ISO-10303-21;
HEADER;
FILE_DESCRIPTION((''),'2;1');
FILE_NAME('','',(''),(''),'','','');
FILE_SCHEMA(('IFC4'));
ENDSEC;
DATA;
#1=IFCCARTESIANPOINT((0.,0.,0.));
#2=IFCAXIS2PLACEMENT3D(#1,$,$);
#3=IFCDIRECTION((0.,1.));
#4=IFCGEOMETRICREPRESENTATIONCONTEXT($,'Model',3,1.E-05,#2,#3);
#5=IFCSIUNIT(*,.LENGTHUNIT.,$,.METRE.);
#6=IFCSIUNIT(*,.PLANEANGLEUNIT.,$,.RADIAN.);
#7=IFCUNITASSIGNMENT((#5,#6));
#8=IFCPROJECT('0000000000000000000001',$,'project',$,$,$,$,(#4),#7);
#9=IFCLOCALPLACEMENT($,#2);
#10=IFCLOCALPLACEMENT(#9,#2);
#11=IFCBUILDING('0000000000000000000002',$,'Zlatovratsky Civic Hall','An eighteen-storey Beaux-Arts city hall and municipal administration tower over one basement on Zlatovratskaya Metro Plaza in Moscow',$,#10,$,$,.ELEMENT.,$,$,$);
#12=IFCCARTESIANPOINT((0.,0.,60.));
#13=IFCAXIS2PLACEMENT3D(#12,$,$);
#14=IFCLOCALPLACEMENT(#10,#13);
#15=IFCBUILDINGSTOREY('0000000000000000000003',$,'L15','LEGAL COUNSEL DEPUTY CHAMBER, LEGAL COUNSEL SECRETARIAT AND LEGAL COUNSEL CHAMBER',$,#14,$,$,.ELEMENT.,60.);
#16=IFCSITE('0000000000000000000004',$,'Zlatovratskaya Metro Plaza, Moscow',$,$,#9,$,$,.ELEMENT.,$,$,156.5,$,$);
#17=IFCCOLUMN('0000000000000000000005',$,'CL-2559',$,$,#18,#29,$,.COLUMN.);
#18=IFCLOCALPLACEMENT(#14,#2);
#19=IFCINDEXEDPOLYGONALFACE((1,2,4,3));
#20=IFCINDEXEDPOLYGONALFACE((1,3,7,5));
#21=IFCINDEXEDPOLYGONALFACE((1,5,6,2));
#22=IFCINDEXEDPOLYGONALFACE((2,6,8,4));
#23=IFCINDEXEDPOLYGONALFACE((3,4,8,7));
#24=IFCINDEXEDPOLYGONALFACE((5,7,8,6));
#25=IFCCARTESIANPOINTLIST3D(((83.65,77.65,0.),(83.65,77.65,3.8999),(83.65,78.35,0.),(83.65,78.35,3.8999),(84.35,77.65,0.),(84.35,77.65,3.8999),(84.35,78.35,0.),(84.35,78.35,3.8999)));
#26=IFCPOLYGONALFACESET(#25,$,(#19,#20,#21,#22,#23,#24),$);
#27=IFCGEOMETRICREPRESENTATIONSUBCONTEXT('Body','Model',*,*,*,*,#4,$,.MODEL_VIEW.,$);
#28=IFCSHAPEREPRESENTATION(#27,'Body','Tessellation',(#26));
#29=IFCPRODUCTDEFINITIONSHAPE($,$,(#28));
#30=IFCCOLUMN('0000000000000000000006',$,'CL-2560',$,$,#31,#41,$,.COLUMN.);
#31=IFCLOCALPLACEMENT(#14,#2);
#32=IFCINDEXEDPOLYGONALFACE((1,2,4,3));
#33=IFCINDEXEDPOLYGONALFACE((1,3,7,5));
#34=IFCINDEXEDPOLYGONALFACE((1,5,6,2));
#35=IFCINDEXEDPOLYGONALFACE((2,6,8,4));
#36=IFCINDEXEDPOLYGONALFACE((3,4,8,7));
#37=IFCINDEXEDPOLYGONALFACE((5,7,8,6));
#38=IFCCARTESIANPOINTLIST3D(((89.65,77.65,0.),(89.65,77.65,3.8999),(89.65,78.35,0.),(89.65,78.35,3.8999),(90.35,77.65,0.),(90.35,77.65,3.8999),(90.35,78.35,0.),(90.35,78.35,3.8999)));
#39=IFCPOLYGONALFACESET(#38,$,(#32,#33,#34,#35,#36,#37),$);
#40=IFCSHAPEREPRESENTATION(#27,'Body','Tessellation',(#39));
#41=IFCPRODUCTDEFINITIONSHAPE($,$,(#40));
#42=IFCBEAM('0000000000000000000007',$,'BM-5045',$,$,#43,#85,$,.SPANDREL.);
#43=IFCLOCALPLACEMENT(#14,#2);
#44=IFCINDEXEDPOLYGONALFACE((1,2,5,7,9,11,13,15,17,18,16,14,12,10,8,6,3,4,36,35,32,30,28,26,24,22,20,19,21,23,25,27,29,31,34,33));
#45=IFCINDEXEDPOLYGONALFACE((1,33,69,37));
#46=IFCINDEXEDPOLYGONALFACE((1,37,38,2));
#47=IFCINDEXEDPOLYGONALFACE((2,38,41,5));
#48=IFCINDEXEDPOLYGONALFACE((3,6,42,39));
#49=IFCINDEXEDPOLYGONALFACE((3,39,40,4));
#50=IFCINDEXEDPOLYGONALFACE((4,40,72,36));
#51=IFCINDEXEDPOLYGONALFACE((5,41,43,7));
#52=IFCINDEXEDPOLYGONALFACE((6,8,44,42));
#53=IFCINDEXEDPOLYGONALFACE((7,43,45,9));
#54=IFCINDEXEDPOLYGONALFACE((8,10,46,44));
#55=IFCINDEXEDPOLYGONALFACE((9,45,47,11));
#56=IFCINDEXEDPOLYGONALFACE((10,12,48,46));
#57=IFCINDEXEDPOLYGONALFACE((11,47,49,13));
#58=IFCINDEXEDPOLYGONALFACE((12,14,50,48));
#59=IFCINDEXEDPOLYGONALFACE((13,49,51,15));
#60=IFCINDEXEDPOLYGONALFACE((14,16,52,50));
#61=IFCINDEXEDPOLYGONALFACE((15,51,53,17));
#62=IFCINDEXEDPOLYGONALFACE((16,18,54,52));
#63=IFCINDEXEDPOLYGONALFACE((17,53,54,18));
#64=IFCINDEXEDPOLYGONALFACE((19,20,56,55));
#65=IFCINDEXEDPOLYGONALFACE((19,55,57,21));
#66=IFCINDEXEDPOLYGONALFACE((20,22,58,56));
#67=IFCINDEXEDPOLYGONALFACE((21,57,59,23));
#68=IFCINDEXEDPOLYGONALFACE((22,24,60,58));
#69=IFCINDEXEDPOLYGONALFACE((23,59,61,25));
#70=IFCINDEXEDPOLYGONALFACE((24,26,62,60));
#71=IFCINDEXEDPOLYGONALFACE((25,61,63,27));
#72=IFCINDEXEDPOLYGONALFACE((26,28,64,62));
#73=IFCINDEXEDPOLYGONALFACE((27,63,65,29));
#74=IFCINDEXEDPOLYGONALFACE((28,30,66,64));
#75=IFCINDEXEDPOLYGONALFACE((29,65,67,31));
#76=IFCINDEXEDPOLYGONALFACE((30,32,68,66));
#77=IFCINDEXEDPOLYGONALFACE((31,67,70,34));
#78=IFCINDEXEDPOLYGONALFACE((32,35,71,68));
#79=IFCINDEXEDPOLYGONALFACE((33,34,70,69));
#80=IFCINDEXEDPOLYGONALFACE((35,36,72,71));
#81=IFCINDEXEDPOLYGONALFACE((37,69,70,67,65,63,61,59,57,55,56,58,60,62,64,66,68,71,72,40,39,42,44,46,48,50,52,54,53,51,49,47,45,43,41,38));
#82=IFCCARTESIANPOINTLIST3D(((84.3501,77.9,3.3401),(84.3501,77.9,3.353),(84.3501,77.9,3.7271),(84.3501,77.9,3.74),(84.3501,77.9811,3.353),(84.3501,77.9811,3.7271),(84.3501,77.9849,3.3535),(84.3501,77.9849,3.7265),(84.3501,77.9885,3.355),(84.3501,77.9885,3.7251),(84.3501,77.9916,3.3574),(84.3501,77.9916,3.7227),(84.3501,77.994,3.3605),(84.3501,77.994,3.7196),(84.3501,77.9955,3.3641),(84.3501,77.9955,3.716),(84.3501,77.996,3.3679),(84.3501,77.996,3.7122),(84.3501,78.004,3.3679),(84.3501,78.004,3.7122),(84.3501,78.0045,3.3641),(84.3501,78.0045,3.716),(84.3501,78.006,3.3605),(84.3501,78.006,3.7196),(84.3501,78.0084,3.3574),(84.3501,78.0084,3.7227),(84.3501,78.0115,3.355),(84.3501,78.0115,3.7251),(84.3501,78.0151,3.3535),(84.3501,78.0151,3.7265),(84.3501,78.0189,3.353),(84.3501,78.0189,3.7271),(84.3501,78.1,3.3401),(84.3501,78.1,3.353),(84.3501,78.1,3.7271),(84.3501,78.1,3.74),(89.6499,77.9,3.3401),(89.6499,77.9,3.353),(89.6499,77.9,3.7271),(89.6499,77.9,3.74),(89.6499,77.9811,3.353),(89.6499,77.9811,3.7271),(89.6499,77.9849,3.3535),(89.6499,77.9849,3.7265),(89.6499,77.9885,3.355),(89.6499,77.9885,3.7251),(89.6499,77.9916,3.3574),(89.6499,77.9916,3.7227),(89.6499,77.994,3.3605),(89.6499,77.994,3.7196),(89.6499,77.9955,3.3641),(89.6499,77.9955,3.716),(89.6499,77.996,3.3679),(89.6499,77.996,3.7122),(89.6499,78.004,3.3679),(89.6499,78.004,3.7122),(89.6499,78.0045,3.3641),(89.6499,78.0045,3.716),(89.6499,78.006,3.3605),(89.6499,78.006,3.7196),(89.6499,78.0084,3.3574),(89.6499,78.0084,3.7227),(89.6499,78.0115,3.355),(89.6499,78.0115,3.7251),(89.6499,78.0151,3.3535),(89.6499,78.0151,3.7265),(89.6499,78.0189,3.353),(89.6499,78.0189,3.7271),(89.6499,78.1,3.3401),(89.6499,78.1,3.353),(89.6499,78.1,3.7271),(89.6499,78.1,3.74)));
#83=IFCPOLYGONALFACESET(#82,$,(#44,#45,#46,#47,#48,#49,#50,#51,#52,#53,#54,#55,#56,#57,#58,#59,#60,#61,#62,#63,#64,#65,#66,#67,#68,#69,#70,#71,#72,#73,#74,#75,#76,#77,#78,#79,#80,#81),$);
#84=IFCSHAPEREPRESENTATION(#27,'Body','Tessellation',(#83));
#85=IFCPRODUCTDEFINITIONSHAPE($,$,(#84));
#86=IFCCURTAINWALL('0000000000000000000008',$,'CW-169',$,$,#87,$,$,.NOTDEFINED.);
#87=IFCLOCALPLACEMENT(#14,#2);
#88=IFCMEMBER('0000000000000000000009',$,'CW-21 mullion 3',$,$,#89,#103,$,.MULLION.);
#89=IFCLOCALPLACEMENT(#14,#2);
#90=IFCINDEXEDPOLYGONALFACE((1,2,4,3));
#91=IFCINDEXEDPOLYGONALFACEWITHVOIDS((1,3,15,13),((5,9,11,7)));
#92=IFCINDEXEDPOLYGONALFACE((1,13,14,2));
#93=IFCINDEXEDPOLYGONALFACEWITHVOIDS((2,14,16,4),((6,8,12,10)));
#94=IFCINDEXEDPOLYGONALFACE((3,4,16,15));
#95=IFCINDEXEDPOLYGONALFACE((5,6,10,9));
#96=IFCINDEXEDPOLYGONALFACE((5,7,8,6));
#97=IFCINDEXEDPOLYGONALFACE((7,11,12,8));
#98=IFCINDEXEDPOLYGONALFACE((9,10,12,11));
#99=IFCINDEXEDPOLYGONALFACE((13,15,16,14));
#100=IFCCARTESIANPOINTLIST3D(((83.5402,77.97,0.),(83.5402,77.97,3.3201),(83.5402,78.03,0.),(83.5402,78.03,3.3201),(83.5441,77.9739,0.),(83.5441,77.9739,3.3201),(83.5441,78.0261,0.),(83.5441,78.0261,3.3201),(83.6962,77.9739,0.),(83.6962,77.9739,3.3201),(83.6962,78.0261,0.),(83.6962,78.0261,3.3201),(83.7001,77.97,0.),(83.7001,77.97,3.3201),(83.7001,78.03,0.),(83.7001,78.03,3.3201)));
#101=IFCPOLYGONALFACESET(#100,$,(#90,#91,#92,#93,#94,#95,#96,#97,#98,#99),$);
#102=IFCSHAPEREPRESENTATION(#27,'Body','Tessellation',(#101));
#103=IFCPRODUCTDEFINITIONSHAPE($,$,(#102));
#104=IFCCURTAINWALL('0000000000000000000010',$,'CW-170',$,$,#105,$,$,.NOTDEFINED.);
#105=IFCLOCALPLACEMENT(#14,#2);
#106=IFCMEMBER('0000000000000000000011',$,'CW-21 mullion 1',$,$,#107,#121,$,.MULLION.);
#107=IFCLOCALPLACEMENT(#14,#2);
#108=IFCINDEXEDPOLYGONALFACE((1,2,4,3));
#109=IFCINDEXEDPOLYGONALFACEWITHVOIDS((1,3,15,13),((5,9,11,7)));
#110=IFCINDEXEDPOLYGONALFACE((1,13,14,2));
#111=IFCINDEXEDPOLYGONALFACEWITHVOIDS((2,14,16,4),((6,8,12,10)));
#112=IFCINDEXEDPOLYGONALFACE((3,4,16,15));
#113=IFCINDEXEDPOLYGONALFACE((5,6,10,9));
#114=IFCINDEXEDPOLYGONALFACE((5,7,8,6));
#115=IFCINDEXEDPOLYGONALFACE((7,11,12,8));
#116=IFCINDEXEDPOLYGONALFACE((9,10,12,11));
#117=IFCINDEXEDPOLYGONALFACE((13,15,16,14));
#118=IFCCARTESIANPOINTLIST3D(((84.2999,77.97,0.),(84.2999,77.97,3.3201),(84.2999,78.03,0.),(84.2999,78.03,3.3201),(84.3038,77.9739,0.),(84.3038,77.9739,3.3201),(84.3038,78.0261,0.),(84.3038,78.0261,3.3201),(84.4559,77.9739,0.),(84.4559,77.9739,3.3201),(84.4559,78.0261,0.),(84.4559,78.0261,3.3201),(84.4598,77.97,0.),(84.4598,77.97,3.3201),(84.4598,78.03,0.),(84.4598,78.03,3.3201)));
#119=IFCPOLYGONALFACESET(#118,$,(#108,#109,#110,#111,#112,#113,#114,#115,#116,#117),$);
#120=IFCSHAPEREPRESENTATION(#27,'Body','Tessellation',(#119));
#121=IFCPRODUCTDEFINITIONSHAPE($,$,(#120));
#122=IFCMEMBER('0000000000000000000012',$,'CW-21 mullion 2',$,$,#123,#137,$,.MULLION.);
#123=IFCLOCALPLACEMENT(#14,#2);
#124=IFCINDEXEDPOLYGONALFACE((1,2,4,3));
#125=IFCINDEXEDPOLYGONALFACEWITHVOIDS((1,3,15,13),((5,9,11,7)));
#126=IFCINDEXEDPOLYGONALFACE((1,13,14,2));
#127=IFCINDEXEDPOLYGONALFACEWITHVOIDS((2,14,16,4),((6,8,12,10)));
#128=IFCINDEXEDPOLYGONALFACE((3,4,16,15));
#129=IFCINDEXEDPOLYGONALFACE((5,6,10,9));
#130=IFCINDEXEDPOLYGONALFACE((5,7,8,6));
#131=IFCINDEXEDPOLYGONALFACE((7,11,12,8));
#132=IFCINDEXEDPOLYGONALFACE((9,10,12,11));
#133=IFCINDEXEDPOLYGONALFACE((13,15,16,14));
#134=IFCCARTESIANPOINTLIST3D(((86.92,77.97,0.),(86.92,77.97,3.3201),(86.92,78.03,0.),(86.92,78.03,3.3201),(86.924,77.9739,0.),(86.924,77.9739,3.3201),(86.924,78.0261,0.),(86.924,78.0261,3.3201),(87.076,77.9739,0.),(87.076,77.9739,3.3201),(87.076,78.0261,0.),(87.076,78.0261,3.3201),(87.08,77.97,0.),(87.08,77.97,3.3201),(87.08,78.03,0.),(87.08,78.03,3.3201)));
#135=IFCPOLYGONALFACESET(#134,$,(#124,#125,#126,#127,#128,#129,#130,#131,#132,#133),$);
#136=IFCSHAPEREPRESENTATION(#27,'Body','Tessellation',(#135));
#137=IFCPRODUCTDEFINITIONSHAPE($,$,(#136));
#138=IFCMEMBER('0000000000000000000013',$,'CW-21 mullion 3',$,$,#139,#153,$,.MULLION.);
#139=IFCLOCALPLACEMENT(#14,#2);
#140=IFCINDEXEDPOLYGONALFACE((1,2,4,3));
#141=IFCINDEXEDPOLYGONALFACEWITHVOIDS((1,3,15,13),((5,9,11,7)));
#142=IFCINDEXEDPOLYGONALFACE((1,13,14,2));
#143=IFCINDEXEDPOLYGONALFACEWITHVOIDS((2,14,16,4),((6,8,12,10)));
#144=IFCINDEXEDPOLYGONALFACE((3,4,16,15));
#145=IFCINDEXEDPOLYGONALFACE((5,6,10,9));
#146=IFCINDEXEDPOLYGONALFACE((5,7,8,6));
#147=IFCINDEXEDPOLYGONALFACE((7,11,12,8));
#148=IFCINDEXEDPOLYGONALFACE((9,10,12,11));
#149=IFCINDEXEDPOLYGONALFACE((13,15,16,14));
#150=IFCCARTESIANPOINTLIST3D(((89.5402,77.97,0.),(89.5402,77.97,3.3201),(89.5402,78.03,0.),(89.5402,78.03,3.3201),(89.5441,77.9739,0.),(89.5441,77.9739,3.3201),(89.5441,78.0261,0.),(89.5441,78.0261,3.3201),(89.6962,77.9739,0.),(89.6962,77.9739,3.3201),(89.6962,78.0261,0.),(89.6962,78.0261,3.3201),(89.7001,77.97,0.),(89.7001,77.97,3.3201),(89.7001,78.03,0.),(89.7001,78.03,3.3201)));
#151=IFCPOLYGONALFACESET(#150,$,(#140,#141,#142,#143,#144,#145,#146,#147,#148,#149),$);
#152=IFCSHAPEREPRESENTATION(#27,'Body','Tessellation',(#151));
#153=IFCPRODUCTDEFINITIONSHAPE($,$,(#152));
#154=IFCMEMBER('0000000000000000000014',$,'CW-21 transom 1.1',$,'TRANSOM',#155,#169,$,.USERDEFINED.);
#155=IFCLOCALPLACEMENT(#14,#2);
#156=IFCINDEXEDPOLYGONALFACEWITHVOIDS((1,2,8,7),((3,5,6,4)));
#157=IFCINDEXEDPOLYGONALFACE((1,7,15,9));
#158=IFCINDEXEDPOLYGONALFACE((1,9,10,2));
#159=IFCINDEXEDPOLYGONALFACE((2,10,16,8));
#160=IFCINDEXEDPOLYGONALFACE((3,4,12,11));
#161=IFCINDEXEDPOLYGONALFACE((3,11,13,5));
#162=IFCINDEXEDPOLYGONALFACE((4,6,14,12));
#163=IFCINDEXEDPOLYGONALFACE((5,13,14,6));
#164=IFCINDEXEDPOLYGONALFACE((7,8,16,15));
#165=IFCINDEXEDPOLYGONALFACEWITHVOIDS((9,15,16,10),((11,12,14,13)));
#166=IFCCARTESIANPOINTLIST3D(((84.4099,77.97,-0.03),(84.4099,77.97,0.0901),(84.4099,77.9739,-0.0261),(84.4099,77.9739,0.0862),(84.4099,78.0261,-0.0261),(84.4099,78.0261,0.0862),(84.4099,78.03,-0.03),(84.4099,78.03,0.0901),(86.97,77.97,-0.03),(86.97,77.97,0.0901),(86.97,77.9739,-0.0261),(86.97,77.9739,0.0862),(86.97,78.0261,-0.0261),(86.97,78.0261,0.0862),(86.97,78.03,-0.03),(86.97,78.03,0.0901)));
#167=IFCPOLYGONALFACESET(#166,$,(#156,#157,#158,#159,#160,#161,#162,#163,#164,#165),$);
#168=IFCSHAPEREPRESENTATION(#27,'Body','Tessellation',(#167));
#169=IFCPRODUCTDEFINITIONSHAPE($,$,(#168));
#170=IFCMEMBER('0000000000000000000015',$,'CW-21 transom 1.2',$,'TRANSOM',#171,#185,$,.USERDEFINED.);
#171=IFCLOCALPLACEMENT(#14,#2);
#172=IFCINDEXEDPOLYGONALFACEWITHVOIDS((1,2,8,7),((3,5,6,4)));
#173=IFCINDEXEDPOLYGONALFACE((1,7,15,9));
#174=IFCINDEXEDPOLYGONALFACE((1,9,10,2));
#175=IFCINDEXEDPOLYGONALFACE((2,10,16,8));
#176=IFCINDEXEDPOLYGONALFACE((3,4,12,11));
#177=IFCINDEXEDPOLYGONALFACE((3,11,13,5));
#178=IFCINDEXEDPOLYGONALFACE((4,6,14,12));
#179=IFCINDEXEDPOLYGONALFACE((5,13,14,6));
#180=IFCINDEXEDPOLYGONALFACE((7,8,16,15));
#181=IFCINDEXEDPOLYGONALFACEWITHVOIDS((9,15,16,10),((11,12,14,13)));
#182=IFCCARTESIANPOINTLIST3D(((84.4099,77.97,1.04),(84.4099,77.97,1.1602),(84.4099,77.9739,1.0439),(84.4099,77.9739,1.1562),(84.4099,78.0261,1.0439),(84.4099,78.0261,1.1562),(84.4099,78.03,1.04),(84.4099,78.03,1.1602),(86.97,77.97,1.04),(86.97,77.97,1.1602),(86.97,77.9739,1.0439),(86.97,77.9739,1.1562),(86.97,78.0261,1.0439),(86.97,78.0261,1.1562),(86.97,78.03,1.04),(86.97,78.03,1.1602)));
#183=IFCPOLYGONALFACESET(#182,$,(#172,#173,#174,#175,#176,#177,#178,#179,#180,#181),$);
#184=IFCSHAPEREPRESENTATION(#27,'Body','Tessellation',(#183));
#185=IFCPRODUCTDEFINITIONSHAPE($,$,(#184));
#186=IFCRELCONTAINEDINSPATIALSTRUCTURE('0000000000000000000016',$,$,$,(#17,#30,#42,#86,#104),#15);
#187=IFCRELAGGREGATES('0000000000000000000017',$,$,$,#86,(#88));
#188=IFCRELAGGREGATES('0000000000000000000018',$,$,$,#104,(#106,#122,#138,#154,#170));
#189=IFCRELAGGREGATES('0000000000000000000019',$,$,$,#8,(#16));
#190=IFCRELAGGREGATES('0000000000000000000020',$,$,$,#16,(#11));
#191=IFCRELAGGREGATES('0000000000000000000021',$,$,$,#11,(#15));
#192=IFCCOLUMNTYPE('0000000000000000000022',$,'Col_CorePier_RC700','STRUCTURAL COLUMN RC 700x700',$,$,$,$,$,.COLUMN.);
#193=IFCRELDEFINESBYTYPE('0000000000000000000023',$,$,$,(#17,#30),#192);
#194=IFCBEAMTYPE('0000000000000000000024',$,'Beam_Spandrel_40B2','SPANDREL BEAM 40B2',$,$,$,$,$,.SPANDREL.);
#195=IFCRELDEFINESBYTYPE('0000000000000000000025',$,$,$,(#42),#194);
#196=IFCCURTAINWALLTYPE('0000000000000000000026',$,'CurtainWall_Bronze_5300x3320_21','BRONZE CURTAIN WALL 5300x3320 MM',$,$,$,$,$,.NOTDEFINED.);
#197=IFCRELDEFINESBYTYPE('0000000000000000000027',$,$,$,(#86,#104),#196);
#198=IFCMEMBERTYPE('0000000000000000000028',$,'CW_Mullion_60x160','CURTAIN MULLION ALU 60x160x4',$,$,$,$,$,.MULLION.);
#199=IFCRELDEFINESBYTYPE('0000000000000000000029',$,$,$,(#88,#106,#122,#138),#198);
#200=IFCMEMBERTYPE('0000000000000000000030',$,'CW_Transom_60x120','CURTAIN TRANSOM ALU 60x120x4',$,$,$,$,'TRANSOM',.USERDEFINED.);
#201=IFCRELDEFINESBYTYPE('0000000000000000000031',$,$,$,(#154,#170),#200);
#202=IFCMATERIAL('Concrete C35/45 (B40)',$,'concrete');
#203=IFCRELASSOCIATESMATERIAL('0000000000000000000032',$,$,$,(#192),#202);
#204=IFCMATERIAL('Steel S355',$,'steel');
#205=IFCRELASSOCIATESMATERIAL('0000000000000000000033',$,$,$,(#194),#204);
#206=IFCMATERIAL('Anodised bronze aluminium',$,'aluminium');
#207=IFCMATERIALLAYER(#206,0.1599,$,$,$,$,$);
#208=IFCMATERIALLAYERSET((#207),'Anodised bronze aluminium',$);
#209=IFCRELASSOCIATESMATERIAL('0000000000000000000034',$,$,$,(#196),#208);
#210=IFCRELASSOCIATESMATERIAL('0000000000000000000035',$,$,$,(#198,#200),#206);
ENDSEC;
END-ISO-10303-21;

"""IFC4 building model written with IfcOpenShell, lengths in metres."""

from ifc_helpers import new_model, si_unit, direction, frame, origin, origin_2d, place, context, subcontext, project, spatial, rectangle, hollow_rectangle, i_section, extrude, material, layer, layer_set, material_profile, profile_set, type_object, element, aggregate, save


model = new_model("IFC4")

# Units and contexts
model_context = context("Model", 3, precision=1e-05, world=origin(), true_north=direction((0.0, 1.0)))
body_context = subcontext(model_context, "Body", "Model", "MODEL_VIEW")
ifc_project = project(units=[si_unit("LENGTHUNIT", "METRE"), si_unit("PLANEANGLEUNIT", "RADIAN")], contexts=[model_context])

# Site, building, storey
site_placement = place(None, origin())
site = spatial("IfcSite", under=ifc_project, at=site_placement, Name="Zlatovratskaya Metro Plaza, Moscow", CompositionType="ELEMENT", RefElevation=156.5)
building_placement = place(site_placement, origin())
building = spatial("IfcBuilding", under=site, at=building_placement, Name="Zlatovratsky Civic Hall", Description="An eighteen-storey Beaux-Arts city hall and municipal administration tower over one basement on Zlatovratskaya Metro Plaza in Moscow", CompositionType="ELEMENT")
storey_placement = place(building_placement, frame((0.0, 0.0, 60.0)))
storey = spatial("IfcBuildingStorey", under=building, at=storey_placement, Name="L15", Description="LEGAL COUNSEL DEPUTY CHAMBER, LEGAL COUNSEL SECRETARIAT AND LEGAL COUNSEL CHAMBER", CompositionType="ELEMENT", Elevation=60.0)

# Columns
ifc_material_1 = material(Name="Concrete C35/45 (B40)", Category="concrete")
ifc_material_profile_1 = material_profile(ifc_material_1, rectangle(XDim=0.7, YDim=0.7, at=origin_2d()), Name="RC 700x700")
ifc_profile_set_1 = profile_set([ifc_material_profile_1], Name="Concrete C35/45 (B40)")
column_type = type_object("IfcColumnType", Name="Col_CorePier_RC700", Description="STRUCTURAL COLUMN RC 700x700", PredefinedType="COLUMN", material=ifc_profile_set_1)
for number, where, z_axis, x_axis, name in (
    (1, (84.0, 78.0, 0.0), (0.0, 0.0, 1.0), (1.0, 0.0, 0.0), "CL-2559"),
    (2, (90.0, 78.0, 0.0), (0.0, 0.0, 1.0), (1.0, 0.0, 0.0), "CL-2560"),
):
    element("IfcColumn", number, at=place(storey_placement, frame(where, z_axis=z_axis, x_axis=x_axis)), inside=storey, type_object=column_type, Name=name, PredefinedType="COLUMN", context=body_context, shape_type="SweptSolid", body=[
        extrude(rectangle(XDim=0.7, YDim=0.7, at=origin_2d()), origin(), (0.0, 0.0, 1.0), 3.8999),
    ])

# Beam
ifc_material_2 = material(Name="Steel S355", Category="steel")
ifc_material_profile_2 = material_profile(ifc_material_2, i_section(OverallWidth=0.2, OverallDepth=0.3999, WebThickness=0.0081, FlangeThickness=0.0129, FilletRadius=0.0149, at=origin_2d()), Name="40B2")
ifc_profile_set_2 = profile_set([ifc_material_profile_2], Name="Steel S355")
beam_type = type_object("IfcBeamType", Name="Beam_Spandrel_40B2", Description="SPANDREL BEAM 40B2", PredefinedType="SPANDREL", material=ifc_profile_set_2)
beam_placement = place(storey_placement, frame((84.3501, 78.0, 3.54), z_axis=(1.0, 0.0, 0.0), x_axis=(0.0, 1.0, 0.0)))
element("IfcBeam", 3, at=beam_placement, inside=storey, type_object=beam_type, Name="BM-5045", PredefinedType="SPANDREL", context=body_context, shape_type="SweptSolid", body=[
    extrude(i_section(OverallWidth=0.2, OverallDepth=0.3999, WebThickness=0.0081, FlangeThickness=0.0129, FilletRadius=0.0149, at=origin_2d()), origin(), (0.0, 0.0, 1.0), 5.2998),
])

# Curtain wall, member
ifc_material_3 = material(Name="Anodised bronze aluminium", Category="aluminium")
ifc_layer_1 = layer(ifc_material_3, 0.1599)
ifc_layer_set_1 = layer_set([ifc_layer_1], Name="Anodised bronze aluminium")
curtain_wall_type = type_object("IfcCurtainWallType", Name="CurtainWall_Bronze_5300x3320_21", Description="BRONZE CURTAIN WALL 5300x3320 MM", PredefinedType="NOTDEFINED", material=ifc_layer_set_1)
curtain_wall_1_placement = place(storey_placement, origin())
curtain_wall_1 = element("IfcCurtainWall", 4, at=curtain_wall_1_placement, inside=storey, type_object=curtain_wall_type, Name="CW-169", PredefinedType="NOTDEFINED")
ifc_material_profile_3 = material_profile(ifc_material_3, hollow_rectangle(XDim=0.0601, YDim=0.1599, WallThickness=0.0039, at=origin_2d()), Name="ALU 60x160x4")
ifc_profile_set_3 = profile_set([ifc_material_profile_3], Name="Anodised bronze aluminium")
member_type_1 = type_object("IfcMemberType", Name="CW_Mullion_60x160", Description="CURTAIN MULLION ALU 60x160x4", PredefinedType="MULLION", material=ifc_profile_set_3)
member_1_placement = place(storey_placement, frame((83.6201, 78.0, 0.0), z_axis=(0.0, 0.0, 1.0), x_axis=(0.0, 1.0, 0.0)))
member_1 = element("IfcMember", 5, at=member_1_placement, type_object=member_type_1, Name="CW-21 mullion 3", PredefinedType="MULLION", context=body_context, shape_type="SweptSolid", body=[
    extrude(hollow_rectangle(XDim=0.0601, YDim=0.1599, WallThickness=0.0039, at=origin_2d()), origin(), (0.0, 0.0, 1.0), 3.3201),
])

# Curtain wall, members
curtain_wall_2_placement = place(storey_placement, origin())
curtain_wall_2 = element("IfcCurtainWall", 6, at=curtain_wall_2_placement, inside=storey, type_object=curtain_wall_type, Name="CW-170", PredefinedType="NOTDEFINED")
member_2_placement = place(storey_placement, frame((84.3799, 78.0, 0.0), z_axis=(0.0, 0.0, 1.0), x_axis=(0.0, 1.0, 0.0)))
member_2 = element("IfcMember", 7, at=member_2_placement, type_object=member_type_1, Name="CW-21 mullion 1", PredefinedType="MULLION", context=body_context, shape_type="SweptSolid", body=[
    extrude(hollow_rectangle(XDim=0.0601, YDim=0.1599, WallThickness=0.0039, at=origin_2d()), origin(), (0.0, 0.0, 1.0), 3.3201),
])
member_3_placement = place(storey_placement, frame((87.0, 78.0, 0.0), z_axis=(0.0, 0.0, 1.0), x_axis=(0.0, 1.0, 0.0)))
member_3 = element("IfcMember", 8, at=member_3_placement, type_object=member_type_1, Name="CW-21 mullion 2", PredefinedType="MULLION", context=body_context, shape_type="SweptSolid", body=[
    extrude(hollow_rectangle(XDim=0.0601, YDim=0.1599, WallThickness=0.0039, at=origin_2d()), origin(), (0.0, 0.0, 1.0), 3.3201),
])
member_4_placement = place(storey_placement, frame((89.6201, 78.0, 0.0), z_axis=(0.0, 0.0, 1.0), x_axis=(0.0, 1.0, 0.0)))
member_4 = element("IfcMember", 9, at=member_4_placement, type_object=member_type_1, Name="CW-21 mullion 3", PredefinedType="MULLION", context=body_context, shape_type="SweptSolid", body=[
    extrude(hollow_rectangle(XDim=0.0601, YDim=0.1599, WallThickness=0.0039, at=origin_2d()), origin(), (0.0, 0.0, 1.0), 3.3201),
])
ifc_material_profile_4 = material_profile(ifc_material_3, hollow_rectangle(XDim=0.0601, YDim=0.1201, WallThickness=0.0039, at=origin_2d()), Name="ALU 60x120x4")
ifc_profile_set_4 = profile_set([ifc_material_profile_4], Name="Anodised bronze aluminium")
member_type_2 = type_object("IfcMemberType", Name="CW_Transom_60x120", Description="CURTAIN TRANSOM ALU 60x120x4", ElementType="TRANSOM", PredefinedType="USERDEFINED", material=ifc_profile_set_4)
member_5_placement = place(storey_placement, frame((84.4099, 78.0, 0.03), z_axis=(1.0, 0.0, 0.0), x_axis=(0.0, 1.0, 0.0)))
member_5 = element("IfcMember", 10, at=member_5_placement, type_object=member_type_2, Name="CW-21 transom 1.1", ObjectType="TRANSOM", PredefinedType="USERDEFINED", context=body_context, shape_type="SweptSolid", body=[
    extrude(hollow_rectangle(XDim=0.0601, YDim=0.1201, WallThickness=0.0039, at=origin_2d()), origin(), (0.0, 0.0, 1.0), 2.5601),
])
member_6_placement = place(storey_placement, frame((84.4099, 78.0, 1.1001), z_axis=(1.0, 0.0, 0.0), x_axis=(0.0, 1.0, 0.0)))
member_6 = element("IfcMember", 11, at=member_6_placement, type_object=member_type_2, Name="CW-21 transom 1.2", ObjectType="TRANSOM", PredefinedType="USERDEFINED", context=body_context, shape_type="SweptSolid", body=[
    extrude(hollow_rectangle(XDim=0.0601, YDim=0.1201, WallThickness=0.0039, at=origin_2d()), origin(), (0.0, 0.0, 1.0), 2.5601),
])

aggregate(curtain_wall_1, [member_1])
aggregate(curtain_wall_2, [member_2, member_3, member_4, member_5, member_6])

save(model, "model.ifc")
